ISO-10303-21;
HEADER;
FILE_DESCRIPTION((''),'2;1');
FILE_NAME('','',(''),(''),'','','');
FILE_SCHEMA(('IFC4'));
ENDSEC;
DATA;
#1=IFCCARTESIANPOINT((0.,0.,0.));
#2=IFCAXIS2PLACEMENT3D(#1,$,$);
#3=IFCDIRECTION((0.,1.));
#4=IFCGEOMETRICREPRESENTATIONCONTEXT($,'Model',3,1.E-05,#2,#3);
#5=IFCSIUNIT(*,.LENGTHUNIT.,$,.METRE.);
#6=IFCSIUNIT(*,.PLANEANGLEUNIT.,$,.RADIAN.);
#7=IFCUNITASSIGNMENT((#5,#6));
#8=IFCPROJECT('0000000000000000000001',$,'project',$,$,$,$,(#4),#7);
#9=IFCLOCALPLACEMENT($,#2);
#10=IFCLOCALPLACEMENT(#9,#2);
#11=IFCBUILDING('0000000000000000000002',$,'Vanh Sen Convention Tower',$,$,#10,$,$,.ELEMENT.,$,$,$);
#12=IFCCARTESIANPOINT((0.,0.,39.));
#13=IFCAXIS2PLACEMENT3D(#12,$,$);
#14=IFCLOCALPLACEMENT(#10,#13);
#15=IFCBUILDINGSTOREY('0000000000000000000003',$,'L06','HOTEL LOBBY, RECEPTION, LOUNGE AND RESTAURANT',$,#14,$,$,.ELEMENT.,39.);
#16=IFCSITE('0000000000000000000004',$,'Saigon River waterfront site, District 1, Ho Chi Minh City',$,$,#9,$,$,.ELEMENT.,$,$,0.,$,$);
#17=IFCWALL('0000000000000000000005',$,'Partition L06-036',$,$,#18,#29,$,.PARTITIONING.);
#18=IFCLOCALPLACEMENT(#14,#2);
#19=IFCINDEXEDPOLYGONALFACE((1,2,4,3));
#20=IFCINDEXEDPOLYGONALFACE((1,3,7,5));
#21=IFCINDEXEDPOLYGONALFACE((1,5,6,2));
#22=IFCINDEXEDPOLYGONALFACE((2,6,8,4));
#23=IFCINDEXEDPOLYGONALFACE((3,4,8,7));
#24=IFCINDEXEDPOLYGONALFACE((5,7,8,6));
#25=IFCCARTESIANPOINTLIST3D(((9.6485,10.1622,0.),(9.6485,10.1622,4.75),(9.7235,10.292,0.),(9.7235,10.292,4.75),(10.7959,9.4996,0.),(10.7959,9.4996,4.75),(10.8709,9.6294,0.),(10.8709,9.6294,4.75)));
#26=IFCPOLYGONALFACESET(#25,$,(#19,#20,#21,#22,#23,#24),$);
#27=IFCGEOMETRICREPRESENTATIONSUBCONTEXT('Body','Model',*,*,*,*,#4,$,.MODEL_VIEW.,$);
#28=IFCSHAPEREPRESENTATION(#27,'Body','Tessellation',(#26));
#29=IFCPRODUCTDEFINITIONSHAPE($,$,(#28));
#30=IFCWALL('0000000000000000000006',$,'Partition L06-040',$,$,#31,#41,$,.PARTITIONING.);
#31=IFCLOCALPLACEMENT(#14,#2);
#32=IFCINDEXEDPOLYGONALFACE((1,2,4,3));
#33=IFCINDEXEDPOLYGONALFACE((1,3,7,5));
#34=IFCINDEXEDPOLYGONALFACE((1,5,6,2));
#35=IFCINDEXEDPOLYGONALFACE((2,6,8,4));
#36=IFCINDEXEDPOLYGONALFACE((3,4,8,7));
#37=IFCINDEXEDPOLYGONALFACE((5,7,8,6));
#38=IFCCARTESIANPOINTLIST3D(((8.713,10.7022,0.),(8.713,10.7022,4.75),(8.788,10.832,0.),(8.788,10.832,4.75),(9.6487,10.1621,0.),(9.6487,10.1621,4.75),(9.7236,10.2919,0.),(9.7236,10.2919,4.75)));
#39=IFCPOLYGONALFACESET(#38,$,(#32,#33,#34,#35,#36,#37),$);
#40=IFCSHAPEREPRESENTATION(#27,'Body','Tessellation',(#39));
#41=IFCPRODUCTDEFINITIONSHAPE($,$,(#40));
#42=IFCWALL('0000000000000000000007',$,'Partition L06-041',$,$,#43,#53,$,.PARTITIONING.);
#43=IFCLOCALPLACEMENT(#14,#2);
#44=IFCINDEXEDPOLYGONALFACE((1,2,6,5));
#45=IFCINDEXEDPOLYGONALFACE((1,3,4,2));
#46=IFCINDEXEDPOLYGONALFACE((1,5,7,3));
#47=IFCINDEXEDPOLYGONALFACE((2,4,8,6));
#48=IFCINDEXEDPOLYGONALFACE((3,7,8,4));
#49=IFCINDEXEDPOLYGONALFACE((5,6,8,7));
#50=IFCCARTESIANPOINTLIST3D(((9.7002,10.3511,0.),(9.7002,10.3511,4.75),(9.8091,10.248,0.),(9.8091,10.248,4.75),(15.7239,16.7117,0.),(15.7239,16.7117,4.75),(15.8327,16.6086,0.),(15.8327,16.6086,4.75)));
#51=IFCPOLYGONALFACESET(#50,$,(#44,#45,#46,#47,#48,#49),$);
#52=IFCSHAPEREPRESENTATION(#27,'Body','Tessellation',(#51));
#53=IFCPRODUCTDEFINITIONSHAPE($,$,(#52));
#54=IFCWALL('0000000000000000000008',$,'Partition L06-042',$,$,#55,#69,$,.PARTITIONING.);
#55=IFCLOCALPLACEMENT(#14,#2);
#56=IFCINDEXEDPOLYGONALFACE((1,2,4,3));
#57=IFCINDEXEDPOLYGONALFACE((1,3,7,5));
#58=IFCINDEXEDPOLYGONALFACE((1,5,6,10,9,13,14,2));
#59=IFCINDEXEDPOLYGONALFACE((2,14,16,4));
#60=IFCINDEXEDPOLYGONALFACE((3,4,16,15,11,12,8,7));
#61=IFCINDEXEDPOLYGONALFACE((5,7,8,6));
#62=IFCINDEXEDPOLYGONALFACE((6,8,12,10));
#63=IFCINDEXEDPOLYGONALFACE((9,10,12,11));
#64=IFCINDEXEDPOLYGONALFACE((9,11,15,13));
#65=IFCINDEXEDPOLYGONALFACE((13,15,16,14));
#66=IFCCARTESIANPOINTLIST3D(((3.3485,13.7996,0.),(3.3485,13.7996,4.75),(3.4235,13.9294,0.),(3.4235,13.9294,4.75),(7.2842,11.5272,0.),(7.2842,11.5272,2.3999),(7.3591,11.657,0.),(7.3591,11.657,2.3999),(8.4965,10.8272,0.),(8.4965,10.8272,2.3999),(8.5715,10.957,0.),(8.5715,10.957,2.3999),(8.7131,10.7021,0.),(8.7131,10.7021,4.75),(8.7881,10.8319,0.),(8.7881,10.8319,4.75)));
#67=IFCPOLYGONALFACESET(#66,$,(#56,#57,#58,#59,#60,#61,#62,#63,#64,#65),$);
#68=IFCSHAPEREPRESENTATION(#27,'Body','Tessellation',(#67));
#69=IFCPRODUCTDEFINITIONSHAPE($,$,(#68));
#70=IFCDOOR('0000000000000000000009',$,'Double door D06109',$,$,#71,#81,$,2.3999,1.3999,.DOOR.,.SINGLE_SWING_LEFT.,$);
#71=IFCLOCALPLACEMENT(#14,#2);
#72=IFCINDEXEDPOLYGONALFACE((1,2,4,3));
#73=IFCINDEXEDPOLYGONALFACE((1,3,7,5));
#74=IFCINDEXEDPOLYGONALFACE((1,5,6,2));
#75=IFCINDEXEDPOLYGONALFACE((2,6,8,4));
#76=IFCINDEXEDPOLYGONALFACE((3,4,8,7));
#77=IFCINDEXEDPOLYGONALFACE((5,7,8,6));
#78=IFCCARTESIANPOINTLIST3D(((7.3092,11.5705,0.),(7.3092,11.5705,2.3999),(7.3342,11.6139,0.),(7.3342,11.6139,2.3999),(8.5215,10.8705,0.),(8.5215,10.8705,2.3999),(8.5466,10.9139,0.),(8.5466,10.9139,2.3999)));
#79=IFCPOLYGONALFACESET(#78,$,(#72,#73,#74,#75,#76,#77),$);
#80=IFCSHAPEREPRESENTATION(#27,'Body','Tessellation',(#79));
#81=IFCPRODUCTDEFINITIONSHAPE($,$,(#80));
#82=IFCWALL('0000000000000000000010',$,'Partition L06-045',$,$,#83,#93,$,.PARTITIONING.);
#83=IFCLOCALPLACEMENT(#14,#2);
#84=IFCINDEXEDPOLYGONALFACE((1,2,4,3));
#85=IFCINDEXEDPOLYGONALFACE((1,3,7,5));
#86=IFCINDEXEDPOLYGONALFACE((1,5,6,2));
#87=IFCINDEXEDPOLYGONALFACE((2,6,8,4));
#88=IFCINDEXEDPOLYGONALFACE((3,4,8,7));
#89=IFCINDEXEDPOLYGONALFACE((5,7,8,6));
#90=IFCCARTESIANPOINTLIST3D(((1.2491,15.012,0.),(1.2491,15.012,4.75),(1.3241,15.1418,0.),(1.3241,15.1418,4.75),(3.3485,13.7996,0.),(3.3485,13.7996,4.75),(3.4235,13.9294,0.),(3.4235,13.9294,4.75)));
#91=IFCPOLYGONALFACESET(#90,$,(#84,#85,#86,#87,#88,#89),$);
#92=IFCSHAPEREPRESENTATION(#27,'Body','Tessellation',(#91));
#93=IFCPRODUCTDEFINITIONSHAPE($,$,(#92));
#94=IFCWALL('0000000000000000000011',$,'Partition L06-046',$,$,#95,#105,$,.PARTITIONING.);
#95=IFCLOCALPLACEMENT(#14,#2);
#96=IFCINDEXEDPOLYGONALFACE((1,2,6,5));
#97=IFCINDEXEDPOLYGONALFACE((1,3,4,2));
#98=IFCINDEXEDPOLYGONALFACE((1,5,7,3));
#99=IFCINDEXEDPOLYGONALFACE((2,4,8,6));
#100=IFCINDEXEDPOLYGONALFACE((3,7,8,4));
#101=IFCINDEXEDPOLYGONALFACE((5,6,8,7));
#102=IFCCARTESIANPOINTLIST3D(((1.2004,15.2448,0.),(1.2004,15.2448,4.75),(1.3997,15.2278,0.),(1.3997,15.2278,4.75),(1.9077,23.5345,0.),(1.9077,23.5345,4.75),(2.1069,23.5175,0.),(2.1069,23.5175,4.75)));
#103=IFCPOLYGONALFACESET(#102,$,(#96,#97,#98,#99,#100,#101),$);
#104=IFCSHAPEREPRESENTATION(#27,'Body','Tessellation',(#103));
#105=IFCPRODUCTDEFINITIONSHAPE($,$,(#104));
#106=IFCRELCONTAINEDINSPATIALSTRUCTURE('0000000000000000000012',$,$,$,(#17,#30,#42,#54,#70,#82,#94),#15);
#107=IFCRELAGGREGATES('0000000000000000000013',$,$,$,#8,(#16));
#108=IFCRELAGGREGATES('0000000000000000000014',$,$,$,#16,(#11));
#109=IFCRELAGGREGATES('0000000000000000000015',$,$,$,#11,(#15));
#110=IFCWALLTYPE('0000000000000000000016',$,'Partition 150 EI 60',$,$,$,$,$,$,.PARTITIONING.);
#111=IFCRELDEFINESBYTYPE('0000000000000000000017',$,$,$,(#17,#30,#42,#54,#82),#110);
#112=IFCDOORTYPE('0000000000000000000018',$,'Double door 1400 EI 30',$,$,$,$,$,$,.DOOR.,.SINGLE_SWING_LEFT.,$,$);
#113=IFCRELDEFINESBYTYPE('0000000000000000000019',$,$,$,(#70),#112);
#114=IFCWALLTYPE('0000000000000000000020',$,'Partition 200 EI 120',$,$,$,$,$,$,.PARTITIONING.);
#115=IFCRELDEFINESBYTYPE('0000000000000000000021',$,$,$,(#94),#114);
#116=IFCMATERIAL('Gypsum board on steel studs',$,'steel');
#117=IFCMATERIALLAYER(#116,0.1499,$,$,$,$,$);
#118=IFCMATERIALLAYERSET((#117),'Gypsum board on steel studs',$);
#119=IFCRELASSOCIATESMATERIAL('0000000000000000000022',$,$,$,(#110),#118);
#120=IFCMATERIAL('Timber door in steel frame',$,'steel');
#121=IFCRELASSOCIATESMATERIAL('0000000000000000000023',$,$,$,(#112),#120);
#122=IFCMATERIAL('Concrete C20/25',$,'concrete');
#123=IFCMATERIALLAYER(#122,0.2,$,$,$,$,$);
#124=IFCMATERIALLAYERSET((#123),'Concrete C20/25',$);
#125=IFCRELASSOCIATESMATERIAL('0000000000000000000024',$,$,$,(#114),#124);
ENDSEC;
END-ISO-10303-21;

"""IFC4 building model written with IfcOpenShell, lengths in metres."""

from ifc_helpers import new_model, si_unit, direction, frame, frame_2d, origin, place, context, subcontext, project, spatial, rectangle, extrude, material, layer, layer_set, type_object, element, fill, save


model = new_model("IFC4")

# Units and contexts
model_context = context("Model", 3, precision=1e-05, world=origin(), true_north=direction((0.0, 1.0)))
body_context = subcontext(model_context, "Body", "Model", "MODEL_VIEW")
ifc_project = project(units=[si_unit("LENGTHUNIT", "METRE"), si_unit("PLANEANGLEUNIT", "RADIAN")], contexts=[model_context])

# Site, building, storey
site_placement = place(None, origin())
site = spatial("IfcSite", under=ifc_project, at=site_placement, Name="Saigon River waterfront site, District 1, Ho Chi Minh City", CompositionType="ELEMENT", RefElevation=0.0)
building_placement = place(site_placement, origin())
building = spatial("IfcBuilding", under=site, at=building_placement, Name="Vanh Sen Convention Tower", CompositionType="ELEMENT")
storey_placement = place(building_placement, frame((0.0, 0.0, 39.0)))
storey = spatial("IfcBuildingStorey", under=building, at=storey_placement, Name="L06", Description="HOTEL LOBBY, RECEPTION, LOUNGE AND RESTAURANT", CompositionType="ELEMENT", Elevation=39.0)

# Walls
ifc_material_1 = material(Name="Gypsum board on steel studs", Category="steel")
ifc_layer_1 = layer(ifc_material_1, 0.1499)
ifc_layer_set_1 = layer_set([ifc_layer_1], Name="Gypsum board on steel studs")
wall_type_1 = type_object("IfcWallType", Name="Partition 150 EI 60", PredefinedType="PARTITIONING", material=ifc_layer_set_1)
wall_1_placement = place(storey_placement, frame((10.8335, 9.5645, 0.0), z_axis=(0.0, 0.0, 1.0), x_axis=(-0.865989, 0.500063, 0.0)))
element("IfcWall", 1, at=wall_1_placement, inside=storey, type_object=wall_type_1, Name="Partition L06-036", PredefinedType="PARTITIONING", context=body_context, shape_type="SweptSolid", body=[
    extrude(rectangle(XDim=1.325, YDim=0.1499, at=frame_2d((0.6626, 0.0))), origin(), (0.0, 0.0, 1.0), 4.75),
])
wall_2_placement = place(storey_placement, frame((9.686, 10.2271, 0.0), z_axis=(0.0, 0.0, 1.0), x_axis=(-0.866065, 0.499931, 0.0)))
element("IfcWall", 2, at=wall_2_placement, inside=storey, type_object=wall_type_1, Name="Partition L06-040", PredefinedType="PARTITIONING", context=body_context, shape_type="SweptSolid", body=[
    extrude(rectangle(XDim=1.0803, YDim=0.1499, at=frame_2d((0.54, 0.0))), origin(), (0.0, 0.0, 1.0), 4.75),
])
wall_3_placement = place(storey_placement, frame((9.7546, 10.2996, 0.0), z_axis=(0.0, 0.0, 1.0), x_axis=(0.687616, 0.726075, 0.0)))
element("IfcWall", 3, at=wall_3_placement, inside=storey, type_object=wall_type_1, Name="Partition L06-041", PredefinedType="PARTITIONING", context=body_context, shape_type="SweptSolid", body=[
    extrude(rectangle(XDim=8.7603, YDim=0.1499, at=frame_2d((4.3801, 0.0))), origin(), (0.0, 0.0, 1.0), 4.75),
])

# Wall, opening, door
wall_4_placement = place(storey_placement, frame((8.7505, 10.7671, 0.0), z_axis=(0.0, 0.0, 1.0), x_axis=(-0.86601, 0.500026, 0.0)))
wall_4 = element("IfcWall", 4, at=wall_4_placement, inside=storey, type_object=wall_type_1, Name="Partition L06-042", PredefinedType="PARTITIONING", context=body_context, shape_type="SweptSolid", body=[
    extrude(rectangle(XDim=6.1946, YDim=0.1499, at=frame_2d((3.0972, 0.0))), origin(), (0.0, 0.0, 1.0), 4.75),
])
opening_1_placement = place(wall_4_placement, frame((0.25, 0.0, 0.0)))
opening_1 = element("IfcOpeningElement", 5, at=opening_1_placement, cuts=wall_4, PredefinedType="OPENING", context=body_context, shape_type="SweptSolid", body=[
    extrude(rectangle(XDim=1.3999, YDim=2.3999, at=frame_2d((0.7, 1.2))), frame((0.0, 0.085, 0.0), z_axis=(0.0, -1.0, 0.0), x_axis=(1.0, 0.0, 0.0)), (0.0, 0.0, 1.0), 0.1699),
])
ifc_material_2 = material(Name="Timber door in steel frame", Category="steel")
door_type_1 = type_object("IfcDoorType", Name="Double door 1400 EI 30", OperationType="SINGLE_SWING_LEFT", PredefinedType="DOOR", material=ifc_material_2)
door_1_placement = place(opening_1_placement, origin())
door_1 = element("IfcDoor", 6, at=door_1_placement, inside=storey, type_object=door_type_1, Name="Double door D06109", OperationType="SINGLE_SWING_LEFT", OverallHeight=2.3999, OverallWidth=1.3999, PredefinedType="DOOR", context=body_context, shape_type="SweptSolid", body=[
    extrude(rectangle(XDim=1.3999, YDim=2.3999, at=frame_2d((0.7, 1.2))), frame((0.0, 0.0249, 0.0), z_axis=(0.0, -1.0, 0.0), x_axis=(1.0, 0.0, 0.0)), (0.0, 0.0, 1.0), 0.05),
])
fill(opening_1, door_1)

# Walls
wall_5_placement = place(storey_placement, frame((1.2866, 15.0769, 0.0), z_axis=(0.0, 0.0, 1.0), x_axis=(0.865966, -0.500103, 0.0)))
element("IfcWall", 7, at=wall_5_placement, inside=storey, type_object=wall_type_1, Name="Partition L06-045", PredefinedType="PARTITIONING", context=body_context, shape_type="SweptSolid", body=[
    extrude(rectangle(XDim=2.4243, YDim=0.1499, at=frame_2d((1.2122, 0.0))), origin(), (0.0, 0.0, 1.0), 4.75),
])
ifc_material_3 = material(Name="Concrete C20/25", Category="concrete")
ifc_layer_2 = layer(ifc_material_3, 0.2)
ifc_layer_set_2 = layer_set([ifc_layer_2], Name="Concrete C20/25")
wall_type_2 = type_object("IfcWallType", Name="Partition 200 EI 120", PredefinedType="PARTITIONING", material=ifc_layer_set_2)
wall_6_placement = place(storey_placement, frame((1.3, 15.2363, 0.0), z_axis=(0.0, 0.0, 1.0), x_axis=(0.08501, 0.99638, 0.0)))
element("IfcWall", 8, at=wall_6_placement, inside=storey, type_object=wall_type_2, Name="Partition L06-046", PredefinedType="PARTITIONING", context=body_context, shape_type="SweptSolid", body=[
    extrude(rectangle(XDim=8.3198, YDim=0.2, at=frame_2d((4.1599, 0.0))), origin(), (0.0, 0.0, 1.0), 4.75),
])

save(model, "model.ifc")
